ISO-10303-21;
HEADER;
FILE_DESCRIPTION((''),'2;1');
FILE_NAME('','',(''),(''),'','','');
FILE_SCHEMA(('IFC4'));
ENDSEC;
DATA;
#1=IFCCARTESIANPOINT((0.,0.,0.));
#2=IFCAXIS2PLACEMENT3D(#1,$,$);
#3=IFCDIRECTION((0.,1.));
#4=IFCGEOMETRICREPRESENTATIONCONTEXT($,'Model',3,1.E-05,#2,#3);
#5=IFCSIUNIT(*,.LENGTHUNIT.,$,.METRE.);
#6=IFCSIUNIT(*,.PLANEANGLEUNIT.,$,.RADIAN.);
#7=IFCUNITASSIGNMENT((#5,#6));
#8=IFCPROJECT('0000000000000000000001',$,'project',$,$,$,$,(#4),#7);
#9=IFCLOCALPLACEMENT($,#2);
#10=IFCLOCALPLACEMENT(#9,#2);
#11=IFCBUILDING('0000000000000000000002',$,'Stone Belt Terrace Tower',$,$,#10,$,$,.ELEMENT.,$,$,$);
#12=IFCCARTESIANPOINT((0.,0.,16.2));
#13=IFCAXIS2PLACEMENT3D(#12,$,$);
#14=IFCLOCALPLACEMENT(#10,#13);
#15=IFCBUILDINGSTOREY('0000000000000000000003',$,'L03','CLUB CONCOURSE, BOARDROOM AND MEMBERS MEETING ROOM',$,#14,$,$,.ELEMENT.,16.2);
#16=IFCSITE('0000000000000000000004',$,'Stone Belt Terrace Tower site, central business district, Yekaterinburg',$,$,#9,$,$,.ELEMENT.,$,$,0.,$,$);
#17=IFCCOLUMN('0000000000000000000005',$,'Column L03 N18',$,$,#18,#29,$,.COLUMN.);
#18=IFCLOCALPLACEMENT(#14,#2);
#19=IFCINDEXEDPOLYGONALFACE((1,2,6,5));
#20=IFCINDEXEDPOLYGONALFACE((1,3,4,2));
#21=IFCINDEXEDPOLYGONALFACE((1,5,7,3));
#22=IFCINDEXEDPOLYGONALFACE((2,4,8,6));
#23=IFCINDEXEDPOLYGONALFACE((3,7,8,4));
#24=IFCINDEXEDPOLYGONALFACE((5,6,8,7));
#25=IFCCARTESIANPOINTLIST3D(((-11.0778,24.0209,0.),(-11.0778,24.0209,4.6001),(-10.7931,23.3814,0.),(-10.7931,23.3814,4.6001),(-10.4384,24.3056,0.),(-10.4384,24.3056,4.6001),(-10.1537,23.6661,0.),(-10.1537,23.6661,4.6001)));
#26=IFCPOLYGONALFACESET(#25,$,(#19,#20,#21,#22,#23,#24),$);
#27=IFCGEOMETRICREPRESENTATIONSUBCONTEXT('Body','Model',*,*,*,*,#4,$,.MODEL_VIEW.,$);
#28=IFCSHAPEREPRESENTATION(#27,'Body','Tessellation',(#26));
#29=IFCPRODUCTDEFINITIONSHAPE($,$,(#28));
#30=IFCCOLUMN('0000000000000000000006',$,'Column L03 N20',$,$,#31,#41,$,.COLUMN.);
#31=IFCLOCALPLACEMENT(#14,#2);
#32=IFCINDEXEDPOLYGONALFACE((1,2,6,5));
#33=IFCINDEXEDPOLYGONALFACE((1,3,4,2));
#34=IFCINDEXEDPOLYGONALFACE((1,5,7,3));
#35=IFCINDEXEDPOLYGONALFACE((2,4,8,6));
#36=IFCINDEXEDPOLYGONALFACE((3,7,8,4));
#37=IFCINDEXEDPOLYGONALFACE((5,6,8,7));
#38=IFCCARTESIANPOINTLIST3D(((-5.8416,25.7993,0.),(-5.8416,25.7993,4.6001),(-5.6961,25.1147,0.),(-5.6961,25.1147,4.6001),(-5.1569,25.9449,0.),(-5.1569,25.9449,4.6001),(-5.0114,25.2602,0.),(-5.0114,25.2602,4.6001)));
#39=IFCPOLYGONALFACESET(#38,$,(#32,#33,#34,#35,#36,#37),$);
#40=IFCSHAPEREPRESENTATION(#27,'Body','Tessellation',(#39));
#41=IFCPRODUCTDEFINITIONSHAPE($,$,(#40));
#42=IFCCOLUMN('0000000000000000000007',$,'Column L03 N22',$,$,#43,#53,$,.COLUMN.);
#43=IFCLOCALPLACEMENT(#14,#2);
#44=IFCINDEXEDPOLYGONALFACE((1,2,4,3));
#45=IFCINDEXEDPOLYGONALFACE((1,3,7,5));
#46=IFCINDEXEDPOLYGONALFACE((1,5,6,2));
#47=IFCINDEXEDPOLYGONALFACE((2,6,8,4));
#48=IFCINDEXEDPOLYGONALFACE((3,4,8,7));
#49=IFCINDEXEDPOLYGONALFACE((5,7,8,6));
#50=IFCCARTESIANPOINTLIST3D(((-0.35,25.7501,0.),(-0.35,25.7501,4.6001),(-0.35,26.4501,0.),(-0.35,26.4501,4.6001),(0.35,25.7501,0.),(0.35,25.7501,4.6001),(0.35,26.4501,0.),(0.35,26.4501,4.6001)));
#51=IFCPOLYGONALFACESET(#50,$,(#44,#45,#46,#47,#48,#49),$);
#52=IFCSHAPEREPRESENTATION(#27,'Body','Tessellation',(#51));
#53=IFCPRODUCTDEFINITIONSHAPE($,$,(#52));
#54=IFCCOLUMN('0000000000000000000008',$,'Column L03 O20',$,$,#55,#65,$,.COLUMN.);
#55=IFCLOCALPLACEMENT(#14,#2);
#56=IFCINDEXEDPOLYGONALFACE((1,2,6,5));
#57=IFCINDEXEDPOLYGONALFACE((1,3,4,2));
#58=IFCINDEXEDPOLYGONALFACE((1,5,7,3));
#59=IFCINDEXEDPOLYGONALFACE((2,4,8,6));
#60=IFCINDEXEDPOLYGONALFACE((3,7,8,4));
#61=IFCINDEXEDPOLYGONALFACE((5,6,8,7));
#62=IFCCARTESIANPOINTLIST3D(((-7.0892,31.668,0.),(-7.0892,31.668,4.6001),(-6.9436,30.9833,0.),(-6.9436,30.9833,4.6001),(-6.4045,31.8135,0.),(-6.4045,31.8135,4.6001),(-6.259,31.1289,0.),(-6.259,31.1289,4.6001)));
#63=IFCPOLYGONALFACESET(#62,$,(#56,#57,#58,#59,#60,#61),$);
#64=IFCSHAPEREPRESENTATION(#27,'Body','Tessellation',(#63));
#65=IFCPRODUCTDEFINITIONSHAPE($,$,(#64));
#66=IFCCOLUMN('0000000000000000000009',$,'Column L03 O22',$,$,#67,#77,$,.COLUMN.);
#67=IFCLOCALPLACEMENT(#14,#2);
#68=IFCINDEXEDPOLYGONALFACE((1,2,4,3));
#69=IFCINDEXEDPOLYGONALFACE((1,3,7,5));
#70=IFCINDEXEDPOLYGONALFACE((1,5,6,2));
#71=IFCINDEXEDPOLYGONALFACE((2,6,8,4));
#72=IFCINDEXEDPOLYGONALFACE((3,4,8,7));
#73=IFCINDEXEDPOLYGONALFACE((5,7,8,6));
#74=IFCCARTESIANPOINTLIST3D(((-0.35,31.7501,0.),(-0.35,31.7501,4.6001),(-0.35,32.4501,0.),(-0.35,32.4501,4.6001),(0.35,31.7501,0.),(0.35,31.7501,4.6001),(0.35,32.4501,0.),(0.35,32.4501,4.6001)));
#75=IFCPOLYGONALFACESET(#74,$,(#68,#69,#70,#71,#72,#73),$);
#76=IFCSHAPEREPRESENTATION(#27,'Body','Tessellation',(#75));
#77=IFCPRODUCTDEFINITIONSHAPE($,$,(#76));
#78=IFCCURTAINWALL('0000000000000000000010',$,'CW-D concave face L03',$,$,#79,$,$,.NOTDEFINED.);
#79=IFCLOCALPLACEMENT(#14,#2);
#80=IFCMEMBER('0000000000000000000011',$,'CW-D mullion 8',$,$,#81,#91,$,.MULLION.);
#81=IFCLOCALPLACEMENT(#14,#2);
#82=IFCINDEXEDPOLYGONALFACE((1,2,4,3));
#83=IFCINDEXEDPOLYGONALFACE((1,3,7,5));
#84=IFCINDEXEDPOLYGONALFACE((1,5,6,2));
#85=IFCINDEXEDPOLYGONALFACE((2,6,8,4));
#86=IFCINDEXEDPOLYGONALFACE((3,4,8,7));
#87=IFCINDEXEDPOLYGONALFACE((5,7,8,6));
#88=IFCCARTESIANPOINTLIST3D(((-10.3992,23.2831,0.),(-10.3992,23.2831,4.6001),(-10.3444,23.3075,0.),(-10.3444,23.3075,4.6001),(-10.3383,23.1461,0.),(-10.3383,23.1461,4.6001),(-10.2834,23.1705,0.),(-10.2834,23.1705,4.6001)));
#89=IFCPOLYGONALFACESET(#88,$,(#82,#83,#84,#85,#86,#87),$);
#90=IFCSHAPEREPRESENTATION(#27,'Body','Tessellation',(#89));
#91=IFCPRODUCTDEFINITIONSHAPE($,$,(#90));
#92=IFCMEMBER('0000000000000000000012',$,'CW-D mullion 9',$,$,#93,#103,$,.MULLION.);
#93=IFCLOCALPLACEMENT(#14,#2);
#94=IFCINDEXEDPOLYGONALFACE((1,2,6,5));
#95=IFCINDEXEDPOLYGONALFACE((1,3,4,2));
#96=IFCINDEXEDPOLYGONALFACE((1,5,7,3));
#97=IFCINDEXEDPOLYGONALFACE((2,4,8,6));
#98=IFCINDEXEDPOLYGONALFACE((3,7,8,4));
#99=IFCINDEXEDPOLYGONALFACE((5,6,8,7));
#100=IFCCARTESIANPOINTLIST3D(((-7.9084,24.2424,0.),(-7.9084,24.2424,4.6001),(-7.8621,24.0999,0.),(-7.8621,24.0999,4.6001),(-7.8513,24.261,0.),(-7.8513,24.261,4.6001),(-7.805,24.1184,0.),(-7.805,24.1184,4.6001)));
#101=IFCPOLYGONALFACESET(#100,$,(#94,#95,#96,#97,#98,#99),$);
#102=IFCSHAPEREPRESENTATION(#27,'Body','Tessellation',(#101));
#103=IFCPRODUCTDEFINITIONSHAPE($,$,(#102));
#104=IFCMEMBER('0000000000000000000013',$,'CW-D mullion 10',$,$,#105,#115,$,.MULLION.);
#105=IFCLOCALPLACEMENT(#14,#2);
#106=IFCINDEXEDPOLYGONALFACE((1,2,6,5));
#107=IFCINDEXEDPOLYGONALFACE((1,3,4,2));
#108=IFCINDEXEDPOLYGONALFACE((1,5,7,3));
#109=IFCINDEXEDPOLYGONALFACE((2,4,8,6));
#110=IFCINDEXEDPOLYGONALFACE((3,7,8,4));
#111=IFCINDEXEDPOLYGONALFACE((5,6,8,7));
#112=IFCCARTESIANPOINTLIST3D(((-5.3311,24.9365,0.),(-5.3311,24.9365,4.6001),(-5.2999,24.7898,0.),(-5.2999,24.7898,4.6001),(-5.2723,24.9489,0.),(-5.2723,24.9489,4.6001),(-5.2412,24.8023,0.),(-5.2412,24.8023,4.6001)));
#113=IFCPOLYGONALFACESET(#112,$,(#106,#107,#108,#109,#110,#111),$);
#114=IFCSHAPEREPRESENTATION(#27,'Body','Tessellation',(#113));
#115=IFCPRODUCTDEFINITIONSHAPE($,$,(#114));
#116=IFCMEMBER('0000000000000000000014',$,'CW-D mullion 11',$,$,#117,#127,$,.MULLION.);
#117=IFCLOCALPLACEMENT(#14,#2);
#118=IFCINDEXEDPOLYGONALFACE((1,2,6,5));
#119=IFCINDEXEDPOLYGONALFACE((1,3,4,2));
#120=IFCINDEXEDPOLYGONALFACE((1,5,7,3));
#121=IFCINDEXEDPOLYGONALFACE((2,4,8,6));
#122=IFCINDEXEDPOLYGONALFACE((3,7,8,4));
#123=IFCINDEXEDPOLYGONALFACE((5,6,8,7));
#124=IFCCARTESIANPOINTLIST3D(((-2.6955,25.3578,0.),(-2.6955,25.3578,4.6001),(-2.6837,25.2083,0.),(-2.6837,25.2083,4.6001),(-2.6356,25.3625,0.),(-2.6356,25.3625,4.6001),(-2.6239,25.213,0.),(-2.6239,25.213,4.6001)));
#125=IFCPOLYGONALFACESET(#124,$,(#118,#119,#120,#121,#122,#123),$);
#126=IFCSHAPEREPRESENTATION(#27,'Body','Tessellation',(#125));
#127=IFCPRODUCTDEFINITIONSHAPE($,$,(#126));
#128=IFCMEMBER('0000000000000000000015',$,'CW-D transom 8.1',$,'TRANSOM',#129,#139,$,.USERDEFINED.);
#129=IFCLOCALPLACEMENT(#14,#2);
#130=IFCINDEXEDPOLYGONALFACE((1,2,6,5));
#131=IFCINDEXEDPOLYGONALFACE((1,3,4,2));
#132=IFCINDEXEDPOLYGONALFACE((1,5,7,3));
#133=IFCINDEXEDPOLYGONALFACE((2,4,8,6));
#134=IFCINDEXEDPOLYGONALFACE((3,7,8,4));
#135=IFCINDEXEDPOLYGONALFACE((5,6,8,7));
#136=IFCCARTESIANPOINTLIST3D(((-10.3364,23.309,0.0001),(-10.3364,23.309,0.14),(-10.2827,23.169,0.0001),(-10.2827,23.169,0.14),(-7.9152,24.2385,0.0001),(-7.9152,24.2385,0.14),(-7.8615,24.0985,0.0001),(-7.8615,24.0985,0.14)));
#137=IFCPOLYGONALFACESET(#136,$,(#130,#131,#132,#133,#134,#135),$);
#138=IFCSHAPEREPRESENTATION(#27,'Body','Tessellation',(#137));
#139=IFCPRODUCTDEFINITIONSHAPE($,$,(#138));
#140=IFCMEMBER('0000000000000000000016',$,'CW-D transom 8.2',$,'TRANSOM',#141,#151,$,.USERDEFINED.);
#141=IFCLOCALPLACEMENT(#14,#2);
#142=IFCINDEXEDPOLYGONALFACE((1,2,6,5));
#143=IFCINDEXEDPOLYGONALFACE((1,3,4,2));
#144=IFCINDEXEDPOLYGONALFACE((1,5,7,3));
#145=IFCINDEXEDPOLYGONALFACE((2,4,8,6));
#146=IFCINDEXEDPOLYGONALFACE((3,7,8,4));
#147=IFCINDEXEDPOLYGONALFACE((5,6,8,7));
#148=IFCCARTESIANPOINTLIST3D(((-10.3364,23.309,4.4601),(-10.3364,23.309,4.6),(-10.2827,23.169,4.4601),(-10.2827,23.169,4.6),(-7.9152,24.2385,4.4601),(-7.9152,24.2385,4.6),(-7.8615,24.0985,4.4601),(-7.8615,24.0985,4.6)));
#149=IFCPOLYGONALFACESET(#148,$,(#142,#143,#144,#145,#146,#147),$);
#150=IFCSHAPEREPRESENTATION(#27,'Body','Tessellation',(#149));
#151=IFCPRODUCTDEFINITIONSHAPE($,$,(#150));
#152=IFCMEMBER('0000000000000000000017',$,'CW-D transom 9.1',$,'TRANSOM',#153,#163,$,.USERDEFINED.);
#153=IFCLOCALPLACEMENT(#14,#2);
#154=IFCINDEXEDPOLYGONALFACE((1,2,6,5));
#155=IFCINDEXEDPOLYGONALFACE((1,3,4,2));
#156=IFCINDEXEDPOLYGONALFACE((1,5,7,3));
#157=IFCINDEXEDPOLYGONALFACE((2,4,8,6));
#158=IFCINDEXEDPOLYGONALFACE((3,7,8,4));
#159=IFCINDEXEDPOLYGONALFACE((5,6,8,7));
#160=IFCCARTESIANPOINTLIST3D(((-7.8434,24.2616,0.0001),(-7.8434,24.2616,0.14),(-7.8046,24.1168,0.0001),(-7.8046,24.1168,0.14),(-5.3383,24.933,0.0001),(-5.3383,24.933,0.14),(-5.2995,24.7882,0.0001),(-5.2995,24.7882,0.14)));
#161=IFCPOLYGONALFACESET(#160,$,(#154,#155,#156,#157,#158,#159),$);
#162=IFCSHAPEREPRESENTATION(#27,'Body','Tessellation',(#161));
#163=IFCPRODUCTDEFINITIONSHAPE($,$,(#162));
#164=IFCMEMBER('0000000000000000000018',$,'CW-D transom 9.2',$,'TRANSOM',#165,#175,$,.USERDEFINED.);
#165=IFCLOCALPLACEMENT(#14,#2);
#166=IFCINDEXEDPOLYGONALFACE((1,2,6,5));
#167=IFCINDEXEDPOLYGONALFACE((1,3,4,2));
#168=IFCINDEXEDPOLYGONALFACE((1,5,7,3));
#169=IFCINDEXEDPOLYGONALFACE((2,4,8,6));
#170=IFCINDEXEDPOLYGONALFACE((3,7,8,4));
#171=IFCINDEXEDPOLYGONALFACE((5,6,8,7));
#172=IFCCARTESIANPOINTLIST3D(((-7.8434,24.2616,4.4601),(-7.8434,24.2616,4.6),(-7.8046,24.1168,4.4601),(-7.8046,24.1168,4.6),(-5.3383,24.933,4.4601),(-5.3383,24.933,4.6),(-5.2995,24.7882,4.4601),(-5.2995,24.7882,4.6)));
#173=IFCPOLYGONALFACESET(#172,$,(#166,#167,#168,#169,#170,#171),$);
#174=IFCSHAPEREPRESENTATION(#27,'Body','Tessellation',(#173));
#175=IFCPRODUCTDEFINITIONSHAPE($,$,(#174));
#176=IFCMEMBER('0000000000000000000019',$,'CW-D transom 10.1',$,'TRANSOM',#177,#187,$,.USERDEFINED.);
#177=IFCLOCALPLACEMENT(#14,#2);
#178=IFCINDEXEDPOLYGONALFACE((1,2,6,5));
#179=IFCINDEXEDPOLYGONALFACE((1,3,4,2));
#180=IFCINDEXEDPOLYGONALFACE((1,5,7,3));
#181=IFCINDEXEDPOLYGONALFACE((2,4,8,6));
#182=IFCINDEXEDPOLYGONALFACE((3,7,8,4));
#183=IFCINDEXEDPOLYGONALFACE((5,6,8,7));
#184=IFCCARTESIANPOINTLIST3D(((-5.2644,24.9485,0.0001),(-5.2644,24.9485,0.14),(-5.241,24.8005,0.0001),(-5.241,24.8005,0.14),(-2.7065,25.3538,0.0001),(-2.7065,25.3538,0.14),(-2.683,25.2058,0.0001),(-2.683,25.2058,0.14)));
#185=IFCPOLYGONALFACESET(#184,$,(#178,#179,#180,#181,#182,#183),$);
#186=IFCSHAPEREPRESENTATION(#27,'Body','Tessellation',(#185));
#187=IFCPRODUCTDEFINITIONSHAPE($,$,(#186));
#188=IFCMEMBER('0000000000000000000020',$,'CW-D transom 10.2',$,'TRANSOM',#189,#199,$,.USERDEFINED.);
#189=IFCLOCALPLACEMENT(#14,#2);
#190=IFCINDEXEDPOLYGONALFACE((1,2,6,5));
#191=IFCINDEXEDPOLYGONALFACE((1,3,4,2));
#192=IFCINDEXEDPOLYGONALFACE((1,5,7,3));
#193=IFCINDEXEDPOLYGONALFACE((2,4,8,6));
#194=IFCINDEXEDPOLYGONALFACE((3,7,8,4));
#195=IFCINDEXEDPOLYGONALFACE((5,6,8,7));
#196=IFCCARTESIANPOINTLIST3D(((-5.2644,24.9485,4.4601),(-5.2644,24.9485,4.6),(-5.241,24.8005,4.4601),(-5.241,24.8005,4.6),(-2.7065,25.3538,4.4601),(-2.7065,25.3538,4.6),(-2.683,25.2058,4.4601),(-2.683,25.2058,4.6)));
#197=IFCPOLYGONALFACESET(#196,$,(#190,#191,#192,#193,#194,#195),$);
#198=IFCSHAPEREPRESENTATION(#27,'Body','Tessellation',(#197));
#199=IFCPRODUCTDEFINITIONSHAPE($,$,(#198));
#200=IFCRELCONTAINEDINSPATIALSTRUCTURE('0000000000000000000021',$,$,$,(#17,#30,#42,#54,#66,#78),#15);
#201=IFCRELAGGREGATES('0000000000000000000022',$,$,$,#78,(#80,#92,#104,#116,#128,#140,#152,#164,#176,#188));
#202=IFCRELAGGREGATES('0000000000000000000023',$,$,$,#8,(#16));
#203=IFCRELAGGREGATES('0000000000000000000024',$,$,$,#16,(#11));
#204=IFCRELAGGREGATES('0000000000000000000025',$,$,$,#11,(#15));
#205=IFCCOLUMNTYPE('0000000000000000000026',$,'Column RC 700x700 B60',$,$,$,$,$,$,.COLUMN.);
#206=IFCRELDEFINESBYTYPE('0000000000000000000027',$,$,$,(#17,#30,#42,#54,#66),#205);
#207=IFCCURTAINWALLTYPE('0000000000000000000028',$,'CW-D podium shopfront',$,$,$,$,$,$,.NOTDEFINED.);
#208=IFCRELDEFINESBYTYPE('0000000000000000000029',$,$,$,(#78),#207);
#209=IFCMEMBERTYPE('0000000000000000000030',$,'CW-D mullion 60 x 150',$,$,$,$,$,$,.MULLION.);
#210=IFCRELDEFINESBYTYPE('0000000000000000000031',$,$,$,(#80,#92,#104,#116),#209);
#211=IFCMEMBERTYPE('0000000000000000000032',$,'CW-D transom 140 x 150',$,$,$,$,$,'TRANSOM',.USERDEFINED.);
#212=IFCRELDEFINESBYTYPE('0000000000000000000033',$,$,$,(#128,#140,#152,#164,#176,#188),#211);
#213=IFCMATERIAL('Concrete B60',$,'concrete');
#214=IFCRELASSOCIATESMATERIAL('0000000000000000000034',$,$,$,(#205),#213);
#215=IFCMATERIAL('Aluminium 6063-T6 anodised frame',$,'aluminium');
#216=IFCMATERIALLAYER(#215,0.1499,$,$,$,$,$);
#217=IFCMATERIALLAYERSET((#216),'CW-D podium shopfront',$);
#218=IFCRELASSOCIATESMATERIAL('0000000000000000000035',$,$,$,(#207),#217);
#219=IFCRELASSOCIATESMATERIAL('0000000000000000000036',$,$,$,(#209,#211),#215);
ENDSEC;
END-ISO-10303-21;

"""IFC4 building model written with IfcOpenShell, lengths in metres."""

from ifc_helpers import new_model, si_unit, direction, frame, origin, origin_2d, place, context, subcontext, project, spatial, rectangle, extrude, material, layer, layer_set, material_profile, profile_set, type_object, element, aggregate, save


model = new_model("IFC4")

# Units and contexts
model_context = context("Model", 3, precision=1e-05, world=origin(), true_north=direction((0.0, 1.0)))
body_context = subcontext(model_context, "Body", "Model", "MODEL_VIEW")
ifc_project = project(units=[si_unit("LENGTHUNIT", "METRE"), si_unit("PLANEANGLEUNIT", "RADIAN")], contexts=[model_context])

# Site, building, storey
site_placement = place(None, origin())
site = spatial("IfcSite", under=ifc_project, at=site_placement, Name="Stone Belt Terrace Tower site, central business district, Yekaterinburg", CompositionType="ELEMENT", RefElevation=0.0)
building_placement = place(site_placement, origin())
building = spatial("IfcBuilding", under=site, at=building_placement, Name="Stone Belt Terrace Tower", CompositionType="ELEMENT")
storey_placement = place(building_placement, frame((0.0, 0.0, 16.2)))
storey = spatial("IfcBuildingStorey", under=building, at=storey_placement, Name="L03", Description="CLUB CONCOURSE, BOARDROOM AND MEMBERS MEETING ROOM", CompositionType="ELEMENT", Elevation=16.2)

# Columns
ifc_material_1 = material(Name="Concrete B60", Category="concrete")
ifc_material_profile_1 = material_profile(ifc_material_1, rectangle(XDim=0.7, YDim=0.7, at=origin_2d()), Name="RC 700x700")
ifc_profile_set_1 = profile_set([ifc_material_profile_1], Name="Concrete B60")
column_type = type_object("IfcColumnType", Name="Column RC 700x700 B60", PredefinedType="COLUMN", material=ifc_profile_set_1)
for number, where, z_axis, x_axis, name in (
    (1, (-10.6157, 23.8435, 0.0), (0.0, 0.0, 1.0), (0.913545, 0.406737, 0.0), "Column L03 N18"),
    (2, (-5.4265, 25.5298, 0.0), (0.0, 0.0, 1.0), (0.978148, 0.207912, 0.0), "Column L03 N20"),
    (3, (0.0, 26.1001, 0.0), (0.0, 0.0, 1.0), (1.0, 0.0, 0.0), "Column L03 N22"),
    (4, (-6.6741, 31.3984, 0.0), (0.0, 0.0, 1.0), (0.978148, 0.207912, 0.0), "Column L03 O20"),
    (5, (0.0, 32.1001, 0.0), (0.0, 0.0, 1.0), (1.0, 0.0, 0.0), "Column L03 O22"),
):
    element("IfcColumn", number, at=place(storey_placement, frame(where, z_axis=z_axis, x_axis=x_axis)), inside=storey, type_object=column_type, Name=name, PredefinedType="COLUMN", context=body_context, shape_type="SweptSolid", body=[
        extrude(rectangle(XDim=0.7, YDim=0.7, at=origin_2d()), origin(), (0.0, 0.0, 1.0), 4.6001),
    ])

# Curtain wall, members
ifc_material_2 = material(Name="Aluminium 6063-T6 anodised frame", Category="aluminium")
ifc_layer_1 = layer(ifc_material_2, 0.1499)
ifc_layer_set_1 = layer_set([ifc_layer_1], Name="CW-D podium shopfront")
curtain_wall_type = type_object("IfcCurtainWallType", Name="CW-D podium shopfront", PredefinedType="NOTDEFINED", material=ifc_layer_set_1)
curtain_wall_placement = place(storey_placement, origin())
curtain_wall = element("IfcCurtainWall", 6, at=curtain_wall_placement, inside=storey, type_object=curtain_wall_type, Name="CW-D concave face L03", PredefinedType="NOTDEFINED")
ifc_material_profile_2 = material_profile(ifc_material_2, rectangle(XDim=0.1499, YDim=0.0601, at=origin_2d()), Name="Aluminium 6063-T6 60x150")
ifc_profile_set_2 = profile_set([ifc_material_profile_2], Name="Aluminium 6063-T6 anodised frame")
member_type_1 = type_object("IfcMemberType", Name="CW-D mullion 60 x 150", PredefinedType="MULLION", material=ifc_profile_set_2)
member_1_placement = place(storey_placement, frame((-10.3413, 23.2268, 0.0), z_axis=(0.0, 0.0, 1.0), x_axis=(-0.406737, 0.913545, 0.0)))
member_1 = element("IfcMember", 7, at=member_1_placement, type_object=member_type_1, Name="CW-D mullion 8", PredefinedType="MULLION", context=body_context, shape_type="SweptSolid", body=[
    extrude(rectangle(XDim=0.1499, YDim=0.0601, at=origin_2d()), origin(), (0.0, 0.0, 1.0), 4.6001),
])
member_2_placement = place(storey_placement, frame((-7.8567, 24.1804, 0.0), z_axis=(0.0, 0.0, 1.0), x_axis=(-0.309017, 0.951057, 0.0)))
member_2 = element("IfcMember", 8, at=member_2_placement, type_object=member_type_1, Name="CW-D mullion 9", PredefinedType="MULLION", context=body_context, shape_type="SweptSolid", body=[
    extrude(rectangle(XDim=0.1499, YDim=0.0601, at=origin_2d()), origin(), (0.0, 0.0, 1.0), 4.6001),
])
member_3_placement = place(storey_placement, frame((-5.2861, 24.8694, 0.0), z_axis=(0.0, 0.0, 1.0), x_axis=(-0.207912, 0.978148, 0.0)))
member_3 = element("IfcMember", 9, at=member_3_placement, type_object=member_type_1, Name="CW-D mullion 10", PredefinedType="MULLION", context=body_context, shape_type="SweptSolid", body=[
    extrude(rectangle(XDim=0.1499, YDim=0.0601, at=origin_2d()), origin(), (0.0, 0.0, 1.0), 4.6001),
])
member_4_placement = place(storey_placement, frame((-2.6597, 25.2854, 0.0), z_axis=(0.0, 0.0, 1.0), x_axis=(-0.078459, 0.996917, 0.0)))
member_4 = element("IfcMember", 10, at=member_4_placement, type_object=member_type_1, Name="CW-D mullion 11", PredefinedType="MULLION", context=body_context, shape_type="SweptSolid", body=[
    extrude(rectangle(XDim=0.1499, YDim=0.0601, at=origin_2d()), origin(), (0.0, 0.0, 1.0), 4.6001),
])
ifc_material_profile_3 = material_profile(ifc_material_2, rectangle(XDim=0.1499, YDim=0.1399, at=origin_2d()), Name="Aluminium 6063-T6 150x140")
ifc_profile_set_3 = profile_set([ifc_material_profile_3], Name="Aluminium 6063-T6 anodised frame")
member_type_2 = type_object("IfcMemberType", Name="CW-D transom 140 x 150", ElementType="TRANSOM", PredefinedType="USERDEFINED", material=ifc_profile_set_3)
member_5_placement = place(storey_placement, frame((-10.3096, 23.239, 0.0701), z_axis=(0.933573, 0.358386, 0.0), x_axis=(-0.358386, 0.933573, 0.0)))
member_5 = element("IfcMember", 11, at=member_5_placement, type_object=member_type_2, Name="CW-D transom 8.1", ObjectType="TRANSOM", PredefinedType="USERDEFINED", context=body_context, shape_type="SweptSolid", body=[
    extrude(rectangle(XDim=0.1499, YDim=0.1399, at=origin_2d()), origin(), (0.0, 0.0, 1.0), 2.5935),
])
member_6_placement = place(storey_placement, frame((-10.3096, 23.239, 4.53), z_axis=(0.933573, 0.358386, 0.0), x_axis=(-0.358386, 0.933573, 0.0)))
member_6 = element("IfcMember", 12, at=member_6_placement, type_object=member_type_2, Name="CW-D transom 8.2", ObjectType="TRANSOM", PredefinedType="USERDEFINED", context=body_context, shape_type="SweptSolid", body=[
    extrude(rectangle(XDim=0.1499, YDim=0.1399, at=origin_2d()), origin(), (0.0, 0.0, 1.0), 2.5935),
])
member_7_placement = place(storey_placement, frame((-7.824, 24.1892, 0.0701), z_axis=(0.965912, 0.258869, 0.0), x_axis=(-0.258869, 0.965912, 0.0)))
member_7 = element("IfcMember", 13, at=member_7_placement, type_object=member_type_2, Name="CW-D transom 9.1", ObjectType="TRANSOM", PredefinedType="USERDEFINED", context=body_context, shape_type="SweptSolid", body=[
    extrude(rectangle(XDim=0.1499, YDim=0.1399, at=origin_2d()), origin(), (0.0, 0.0, 1.0), 2.5935),
])
member_8_placement = place(storey_placement, frame((-7.824, 24.1892, 4.53), z_axis=(0.965912, 0.258869, 0.0), x_axis=(-0.258869, 0.965912, 0.0)))
member_8 = element("IfcMember", 14, at=member_8_placement, type_object=member_type_2, Name="CW-D transom 9.2", ObjectType="TRANSOM", PredefinedType="USERDEFINED", context=body_context, shape_type="SweptSolid", body=[
    extrude(rectangle(XDim=0.1499, YDim=0.1399, at=origin_2d()), origin(), (0.0, 0.0, 1.0), 2.5935),
])
member_9_placement = place(storey_placement, frame((-5.2527, 24.8745, 0.0701), z_axis=(0.98768, 0.15649, 0.0), x_axis=(-0.15649, 0.98768, 0.0)))
member_9 = element("IfcMember", 15, at=member_9_placement, type_object=member_type_2, Name="CW-D transom 10.1", ObjectType="TRANSOM", PredefinedType="USERDEFINED", context=body_context, shape_type="SweptSolid", body=[
    extrude(rectangle(XDim=0.1499, YDim=0.1399, at=origin_2d()), origin(), (0.0, 0.0, 1.0), 2.5898),
])
member_10_placement = place(storey_placement, frame((-5.2527, 24.8745, 4.53), z_axis=(0.98768, 0.15649, 0.0), x_axis=(-0.15649, 0.98768, 0.0)))
member_10 = element("IfcMember", 16, at=member_10_placement, type_object=member_type_2, Name="CW-D transom 10.2", ObjectType="TRANSOM", PredefinedType="USERDEFINED", context=body_context, shape_type="SweptSolid", body=[
    extrude(rectangle(XDim=0.1499, YDim=0.1399, at=origin_2d()), origin(), (0.0, 0.0, 1.0), 2.5898),
])
aggregate(curtain_wall, [member_1, member_2, member_3, member_4, member_5, member_6, member_7, member_8, member_9, member_10])

save(model, "model.ifc")
